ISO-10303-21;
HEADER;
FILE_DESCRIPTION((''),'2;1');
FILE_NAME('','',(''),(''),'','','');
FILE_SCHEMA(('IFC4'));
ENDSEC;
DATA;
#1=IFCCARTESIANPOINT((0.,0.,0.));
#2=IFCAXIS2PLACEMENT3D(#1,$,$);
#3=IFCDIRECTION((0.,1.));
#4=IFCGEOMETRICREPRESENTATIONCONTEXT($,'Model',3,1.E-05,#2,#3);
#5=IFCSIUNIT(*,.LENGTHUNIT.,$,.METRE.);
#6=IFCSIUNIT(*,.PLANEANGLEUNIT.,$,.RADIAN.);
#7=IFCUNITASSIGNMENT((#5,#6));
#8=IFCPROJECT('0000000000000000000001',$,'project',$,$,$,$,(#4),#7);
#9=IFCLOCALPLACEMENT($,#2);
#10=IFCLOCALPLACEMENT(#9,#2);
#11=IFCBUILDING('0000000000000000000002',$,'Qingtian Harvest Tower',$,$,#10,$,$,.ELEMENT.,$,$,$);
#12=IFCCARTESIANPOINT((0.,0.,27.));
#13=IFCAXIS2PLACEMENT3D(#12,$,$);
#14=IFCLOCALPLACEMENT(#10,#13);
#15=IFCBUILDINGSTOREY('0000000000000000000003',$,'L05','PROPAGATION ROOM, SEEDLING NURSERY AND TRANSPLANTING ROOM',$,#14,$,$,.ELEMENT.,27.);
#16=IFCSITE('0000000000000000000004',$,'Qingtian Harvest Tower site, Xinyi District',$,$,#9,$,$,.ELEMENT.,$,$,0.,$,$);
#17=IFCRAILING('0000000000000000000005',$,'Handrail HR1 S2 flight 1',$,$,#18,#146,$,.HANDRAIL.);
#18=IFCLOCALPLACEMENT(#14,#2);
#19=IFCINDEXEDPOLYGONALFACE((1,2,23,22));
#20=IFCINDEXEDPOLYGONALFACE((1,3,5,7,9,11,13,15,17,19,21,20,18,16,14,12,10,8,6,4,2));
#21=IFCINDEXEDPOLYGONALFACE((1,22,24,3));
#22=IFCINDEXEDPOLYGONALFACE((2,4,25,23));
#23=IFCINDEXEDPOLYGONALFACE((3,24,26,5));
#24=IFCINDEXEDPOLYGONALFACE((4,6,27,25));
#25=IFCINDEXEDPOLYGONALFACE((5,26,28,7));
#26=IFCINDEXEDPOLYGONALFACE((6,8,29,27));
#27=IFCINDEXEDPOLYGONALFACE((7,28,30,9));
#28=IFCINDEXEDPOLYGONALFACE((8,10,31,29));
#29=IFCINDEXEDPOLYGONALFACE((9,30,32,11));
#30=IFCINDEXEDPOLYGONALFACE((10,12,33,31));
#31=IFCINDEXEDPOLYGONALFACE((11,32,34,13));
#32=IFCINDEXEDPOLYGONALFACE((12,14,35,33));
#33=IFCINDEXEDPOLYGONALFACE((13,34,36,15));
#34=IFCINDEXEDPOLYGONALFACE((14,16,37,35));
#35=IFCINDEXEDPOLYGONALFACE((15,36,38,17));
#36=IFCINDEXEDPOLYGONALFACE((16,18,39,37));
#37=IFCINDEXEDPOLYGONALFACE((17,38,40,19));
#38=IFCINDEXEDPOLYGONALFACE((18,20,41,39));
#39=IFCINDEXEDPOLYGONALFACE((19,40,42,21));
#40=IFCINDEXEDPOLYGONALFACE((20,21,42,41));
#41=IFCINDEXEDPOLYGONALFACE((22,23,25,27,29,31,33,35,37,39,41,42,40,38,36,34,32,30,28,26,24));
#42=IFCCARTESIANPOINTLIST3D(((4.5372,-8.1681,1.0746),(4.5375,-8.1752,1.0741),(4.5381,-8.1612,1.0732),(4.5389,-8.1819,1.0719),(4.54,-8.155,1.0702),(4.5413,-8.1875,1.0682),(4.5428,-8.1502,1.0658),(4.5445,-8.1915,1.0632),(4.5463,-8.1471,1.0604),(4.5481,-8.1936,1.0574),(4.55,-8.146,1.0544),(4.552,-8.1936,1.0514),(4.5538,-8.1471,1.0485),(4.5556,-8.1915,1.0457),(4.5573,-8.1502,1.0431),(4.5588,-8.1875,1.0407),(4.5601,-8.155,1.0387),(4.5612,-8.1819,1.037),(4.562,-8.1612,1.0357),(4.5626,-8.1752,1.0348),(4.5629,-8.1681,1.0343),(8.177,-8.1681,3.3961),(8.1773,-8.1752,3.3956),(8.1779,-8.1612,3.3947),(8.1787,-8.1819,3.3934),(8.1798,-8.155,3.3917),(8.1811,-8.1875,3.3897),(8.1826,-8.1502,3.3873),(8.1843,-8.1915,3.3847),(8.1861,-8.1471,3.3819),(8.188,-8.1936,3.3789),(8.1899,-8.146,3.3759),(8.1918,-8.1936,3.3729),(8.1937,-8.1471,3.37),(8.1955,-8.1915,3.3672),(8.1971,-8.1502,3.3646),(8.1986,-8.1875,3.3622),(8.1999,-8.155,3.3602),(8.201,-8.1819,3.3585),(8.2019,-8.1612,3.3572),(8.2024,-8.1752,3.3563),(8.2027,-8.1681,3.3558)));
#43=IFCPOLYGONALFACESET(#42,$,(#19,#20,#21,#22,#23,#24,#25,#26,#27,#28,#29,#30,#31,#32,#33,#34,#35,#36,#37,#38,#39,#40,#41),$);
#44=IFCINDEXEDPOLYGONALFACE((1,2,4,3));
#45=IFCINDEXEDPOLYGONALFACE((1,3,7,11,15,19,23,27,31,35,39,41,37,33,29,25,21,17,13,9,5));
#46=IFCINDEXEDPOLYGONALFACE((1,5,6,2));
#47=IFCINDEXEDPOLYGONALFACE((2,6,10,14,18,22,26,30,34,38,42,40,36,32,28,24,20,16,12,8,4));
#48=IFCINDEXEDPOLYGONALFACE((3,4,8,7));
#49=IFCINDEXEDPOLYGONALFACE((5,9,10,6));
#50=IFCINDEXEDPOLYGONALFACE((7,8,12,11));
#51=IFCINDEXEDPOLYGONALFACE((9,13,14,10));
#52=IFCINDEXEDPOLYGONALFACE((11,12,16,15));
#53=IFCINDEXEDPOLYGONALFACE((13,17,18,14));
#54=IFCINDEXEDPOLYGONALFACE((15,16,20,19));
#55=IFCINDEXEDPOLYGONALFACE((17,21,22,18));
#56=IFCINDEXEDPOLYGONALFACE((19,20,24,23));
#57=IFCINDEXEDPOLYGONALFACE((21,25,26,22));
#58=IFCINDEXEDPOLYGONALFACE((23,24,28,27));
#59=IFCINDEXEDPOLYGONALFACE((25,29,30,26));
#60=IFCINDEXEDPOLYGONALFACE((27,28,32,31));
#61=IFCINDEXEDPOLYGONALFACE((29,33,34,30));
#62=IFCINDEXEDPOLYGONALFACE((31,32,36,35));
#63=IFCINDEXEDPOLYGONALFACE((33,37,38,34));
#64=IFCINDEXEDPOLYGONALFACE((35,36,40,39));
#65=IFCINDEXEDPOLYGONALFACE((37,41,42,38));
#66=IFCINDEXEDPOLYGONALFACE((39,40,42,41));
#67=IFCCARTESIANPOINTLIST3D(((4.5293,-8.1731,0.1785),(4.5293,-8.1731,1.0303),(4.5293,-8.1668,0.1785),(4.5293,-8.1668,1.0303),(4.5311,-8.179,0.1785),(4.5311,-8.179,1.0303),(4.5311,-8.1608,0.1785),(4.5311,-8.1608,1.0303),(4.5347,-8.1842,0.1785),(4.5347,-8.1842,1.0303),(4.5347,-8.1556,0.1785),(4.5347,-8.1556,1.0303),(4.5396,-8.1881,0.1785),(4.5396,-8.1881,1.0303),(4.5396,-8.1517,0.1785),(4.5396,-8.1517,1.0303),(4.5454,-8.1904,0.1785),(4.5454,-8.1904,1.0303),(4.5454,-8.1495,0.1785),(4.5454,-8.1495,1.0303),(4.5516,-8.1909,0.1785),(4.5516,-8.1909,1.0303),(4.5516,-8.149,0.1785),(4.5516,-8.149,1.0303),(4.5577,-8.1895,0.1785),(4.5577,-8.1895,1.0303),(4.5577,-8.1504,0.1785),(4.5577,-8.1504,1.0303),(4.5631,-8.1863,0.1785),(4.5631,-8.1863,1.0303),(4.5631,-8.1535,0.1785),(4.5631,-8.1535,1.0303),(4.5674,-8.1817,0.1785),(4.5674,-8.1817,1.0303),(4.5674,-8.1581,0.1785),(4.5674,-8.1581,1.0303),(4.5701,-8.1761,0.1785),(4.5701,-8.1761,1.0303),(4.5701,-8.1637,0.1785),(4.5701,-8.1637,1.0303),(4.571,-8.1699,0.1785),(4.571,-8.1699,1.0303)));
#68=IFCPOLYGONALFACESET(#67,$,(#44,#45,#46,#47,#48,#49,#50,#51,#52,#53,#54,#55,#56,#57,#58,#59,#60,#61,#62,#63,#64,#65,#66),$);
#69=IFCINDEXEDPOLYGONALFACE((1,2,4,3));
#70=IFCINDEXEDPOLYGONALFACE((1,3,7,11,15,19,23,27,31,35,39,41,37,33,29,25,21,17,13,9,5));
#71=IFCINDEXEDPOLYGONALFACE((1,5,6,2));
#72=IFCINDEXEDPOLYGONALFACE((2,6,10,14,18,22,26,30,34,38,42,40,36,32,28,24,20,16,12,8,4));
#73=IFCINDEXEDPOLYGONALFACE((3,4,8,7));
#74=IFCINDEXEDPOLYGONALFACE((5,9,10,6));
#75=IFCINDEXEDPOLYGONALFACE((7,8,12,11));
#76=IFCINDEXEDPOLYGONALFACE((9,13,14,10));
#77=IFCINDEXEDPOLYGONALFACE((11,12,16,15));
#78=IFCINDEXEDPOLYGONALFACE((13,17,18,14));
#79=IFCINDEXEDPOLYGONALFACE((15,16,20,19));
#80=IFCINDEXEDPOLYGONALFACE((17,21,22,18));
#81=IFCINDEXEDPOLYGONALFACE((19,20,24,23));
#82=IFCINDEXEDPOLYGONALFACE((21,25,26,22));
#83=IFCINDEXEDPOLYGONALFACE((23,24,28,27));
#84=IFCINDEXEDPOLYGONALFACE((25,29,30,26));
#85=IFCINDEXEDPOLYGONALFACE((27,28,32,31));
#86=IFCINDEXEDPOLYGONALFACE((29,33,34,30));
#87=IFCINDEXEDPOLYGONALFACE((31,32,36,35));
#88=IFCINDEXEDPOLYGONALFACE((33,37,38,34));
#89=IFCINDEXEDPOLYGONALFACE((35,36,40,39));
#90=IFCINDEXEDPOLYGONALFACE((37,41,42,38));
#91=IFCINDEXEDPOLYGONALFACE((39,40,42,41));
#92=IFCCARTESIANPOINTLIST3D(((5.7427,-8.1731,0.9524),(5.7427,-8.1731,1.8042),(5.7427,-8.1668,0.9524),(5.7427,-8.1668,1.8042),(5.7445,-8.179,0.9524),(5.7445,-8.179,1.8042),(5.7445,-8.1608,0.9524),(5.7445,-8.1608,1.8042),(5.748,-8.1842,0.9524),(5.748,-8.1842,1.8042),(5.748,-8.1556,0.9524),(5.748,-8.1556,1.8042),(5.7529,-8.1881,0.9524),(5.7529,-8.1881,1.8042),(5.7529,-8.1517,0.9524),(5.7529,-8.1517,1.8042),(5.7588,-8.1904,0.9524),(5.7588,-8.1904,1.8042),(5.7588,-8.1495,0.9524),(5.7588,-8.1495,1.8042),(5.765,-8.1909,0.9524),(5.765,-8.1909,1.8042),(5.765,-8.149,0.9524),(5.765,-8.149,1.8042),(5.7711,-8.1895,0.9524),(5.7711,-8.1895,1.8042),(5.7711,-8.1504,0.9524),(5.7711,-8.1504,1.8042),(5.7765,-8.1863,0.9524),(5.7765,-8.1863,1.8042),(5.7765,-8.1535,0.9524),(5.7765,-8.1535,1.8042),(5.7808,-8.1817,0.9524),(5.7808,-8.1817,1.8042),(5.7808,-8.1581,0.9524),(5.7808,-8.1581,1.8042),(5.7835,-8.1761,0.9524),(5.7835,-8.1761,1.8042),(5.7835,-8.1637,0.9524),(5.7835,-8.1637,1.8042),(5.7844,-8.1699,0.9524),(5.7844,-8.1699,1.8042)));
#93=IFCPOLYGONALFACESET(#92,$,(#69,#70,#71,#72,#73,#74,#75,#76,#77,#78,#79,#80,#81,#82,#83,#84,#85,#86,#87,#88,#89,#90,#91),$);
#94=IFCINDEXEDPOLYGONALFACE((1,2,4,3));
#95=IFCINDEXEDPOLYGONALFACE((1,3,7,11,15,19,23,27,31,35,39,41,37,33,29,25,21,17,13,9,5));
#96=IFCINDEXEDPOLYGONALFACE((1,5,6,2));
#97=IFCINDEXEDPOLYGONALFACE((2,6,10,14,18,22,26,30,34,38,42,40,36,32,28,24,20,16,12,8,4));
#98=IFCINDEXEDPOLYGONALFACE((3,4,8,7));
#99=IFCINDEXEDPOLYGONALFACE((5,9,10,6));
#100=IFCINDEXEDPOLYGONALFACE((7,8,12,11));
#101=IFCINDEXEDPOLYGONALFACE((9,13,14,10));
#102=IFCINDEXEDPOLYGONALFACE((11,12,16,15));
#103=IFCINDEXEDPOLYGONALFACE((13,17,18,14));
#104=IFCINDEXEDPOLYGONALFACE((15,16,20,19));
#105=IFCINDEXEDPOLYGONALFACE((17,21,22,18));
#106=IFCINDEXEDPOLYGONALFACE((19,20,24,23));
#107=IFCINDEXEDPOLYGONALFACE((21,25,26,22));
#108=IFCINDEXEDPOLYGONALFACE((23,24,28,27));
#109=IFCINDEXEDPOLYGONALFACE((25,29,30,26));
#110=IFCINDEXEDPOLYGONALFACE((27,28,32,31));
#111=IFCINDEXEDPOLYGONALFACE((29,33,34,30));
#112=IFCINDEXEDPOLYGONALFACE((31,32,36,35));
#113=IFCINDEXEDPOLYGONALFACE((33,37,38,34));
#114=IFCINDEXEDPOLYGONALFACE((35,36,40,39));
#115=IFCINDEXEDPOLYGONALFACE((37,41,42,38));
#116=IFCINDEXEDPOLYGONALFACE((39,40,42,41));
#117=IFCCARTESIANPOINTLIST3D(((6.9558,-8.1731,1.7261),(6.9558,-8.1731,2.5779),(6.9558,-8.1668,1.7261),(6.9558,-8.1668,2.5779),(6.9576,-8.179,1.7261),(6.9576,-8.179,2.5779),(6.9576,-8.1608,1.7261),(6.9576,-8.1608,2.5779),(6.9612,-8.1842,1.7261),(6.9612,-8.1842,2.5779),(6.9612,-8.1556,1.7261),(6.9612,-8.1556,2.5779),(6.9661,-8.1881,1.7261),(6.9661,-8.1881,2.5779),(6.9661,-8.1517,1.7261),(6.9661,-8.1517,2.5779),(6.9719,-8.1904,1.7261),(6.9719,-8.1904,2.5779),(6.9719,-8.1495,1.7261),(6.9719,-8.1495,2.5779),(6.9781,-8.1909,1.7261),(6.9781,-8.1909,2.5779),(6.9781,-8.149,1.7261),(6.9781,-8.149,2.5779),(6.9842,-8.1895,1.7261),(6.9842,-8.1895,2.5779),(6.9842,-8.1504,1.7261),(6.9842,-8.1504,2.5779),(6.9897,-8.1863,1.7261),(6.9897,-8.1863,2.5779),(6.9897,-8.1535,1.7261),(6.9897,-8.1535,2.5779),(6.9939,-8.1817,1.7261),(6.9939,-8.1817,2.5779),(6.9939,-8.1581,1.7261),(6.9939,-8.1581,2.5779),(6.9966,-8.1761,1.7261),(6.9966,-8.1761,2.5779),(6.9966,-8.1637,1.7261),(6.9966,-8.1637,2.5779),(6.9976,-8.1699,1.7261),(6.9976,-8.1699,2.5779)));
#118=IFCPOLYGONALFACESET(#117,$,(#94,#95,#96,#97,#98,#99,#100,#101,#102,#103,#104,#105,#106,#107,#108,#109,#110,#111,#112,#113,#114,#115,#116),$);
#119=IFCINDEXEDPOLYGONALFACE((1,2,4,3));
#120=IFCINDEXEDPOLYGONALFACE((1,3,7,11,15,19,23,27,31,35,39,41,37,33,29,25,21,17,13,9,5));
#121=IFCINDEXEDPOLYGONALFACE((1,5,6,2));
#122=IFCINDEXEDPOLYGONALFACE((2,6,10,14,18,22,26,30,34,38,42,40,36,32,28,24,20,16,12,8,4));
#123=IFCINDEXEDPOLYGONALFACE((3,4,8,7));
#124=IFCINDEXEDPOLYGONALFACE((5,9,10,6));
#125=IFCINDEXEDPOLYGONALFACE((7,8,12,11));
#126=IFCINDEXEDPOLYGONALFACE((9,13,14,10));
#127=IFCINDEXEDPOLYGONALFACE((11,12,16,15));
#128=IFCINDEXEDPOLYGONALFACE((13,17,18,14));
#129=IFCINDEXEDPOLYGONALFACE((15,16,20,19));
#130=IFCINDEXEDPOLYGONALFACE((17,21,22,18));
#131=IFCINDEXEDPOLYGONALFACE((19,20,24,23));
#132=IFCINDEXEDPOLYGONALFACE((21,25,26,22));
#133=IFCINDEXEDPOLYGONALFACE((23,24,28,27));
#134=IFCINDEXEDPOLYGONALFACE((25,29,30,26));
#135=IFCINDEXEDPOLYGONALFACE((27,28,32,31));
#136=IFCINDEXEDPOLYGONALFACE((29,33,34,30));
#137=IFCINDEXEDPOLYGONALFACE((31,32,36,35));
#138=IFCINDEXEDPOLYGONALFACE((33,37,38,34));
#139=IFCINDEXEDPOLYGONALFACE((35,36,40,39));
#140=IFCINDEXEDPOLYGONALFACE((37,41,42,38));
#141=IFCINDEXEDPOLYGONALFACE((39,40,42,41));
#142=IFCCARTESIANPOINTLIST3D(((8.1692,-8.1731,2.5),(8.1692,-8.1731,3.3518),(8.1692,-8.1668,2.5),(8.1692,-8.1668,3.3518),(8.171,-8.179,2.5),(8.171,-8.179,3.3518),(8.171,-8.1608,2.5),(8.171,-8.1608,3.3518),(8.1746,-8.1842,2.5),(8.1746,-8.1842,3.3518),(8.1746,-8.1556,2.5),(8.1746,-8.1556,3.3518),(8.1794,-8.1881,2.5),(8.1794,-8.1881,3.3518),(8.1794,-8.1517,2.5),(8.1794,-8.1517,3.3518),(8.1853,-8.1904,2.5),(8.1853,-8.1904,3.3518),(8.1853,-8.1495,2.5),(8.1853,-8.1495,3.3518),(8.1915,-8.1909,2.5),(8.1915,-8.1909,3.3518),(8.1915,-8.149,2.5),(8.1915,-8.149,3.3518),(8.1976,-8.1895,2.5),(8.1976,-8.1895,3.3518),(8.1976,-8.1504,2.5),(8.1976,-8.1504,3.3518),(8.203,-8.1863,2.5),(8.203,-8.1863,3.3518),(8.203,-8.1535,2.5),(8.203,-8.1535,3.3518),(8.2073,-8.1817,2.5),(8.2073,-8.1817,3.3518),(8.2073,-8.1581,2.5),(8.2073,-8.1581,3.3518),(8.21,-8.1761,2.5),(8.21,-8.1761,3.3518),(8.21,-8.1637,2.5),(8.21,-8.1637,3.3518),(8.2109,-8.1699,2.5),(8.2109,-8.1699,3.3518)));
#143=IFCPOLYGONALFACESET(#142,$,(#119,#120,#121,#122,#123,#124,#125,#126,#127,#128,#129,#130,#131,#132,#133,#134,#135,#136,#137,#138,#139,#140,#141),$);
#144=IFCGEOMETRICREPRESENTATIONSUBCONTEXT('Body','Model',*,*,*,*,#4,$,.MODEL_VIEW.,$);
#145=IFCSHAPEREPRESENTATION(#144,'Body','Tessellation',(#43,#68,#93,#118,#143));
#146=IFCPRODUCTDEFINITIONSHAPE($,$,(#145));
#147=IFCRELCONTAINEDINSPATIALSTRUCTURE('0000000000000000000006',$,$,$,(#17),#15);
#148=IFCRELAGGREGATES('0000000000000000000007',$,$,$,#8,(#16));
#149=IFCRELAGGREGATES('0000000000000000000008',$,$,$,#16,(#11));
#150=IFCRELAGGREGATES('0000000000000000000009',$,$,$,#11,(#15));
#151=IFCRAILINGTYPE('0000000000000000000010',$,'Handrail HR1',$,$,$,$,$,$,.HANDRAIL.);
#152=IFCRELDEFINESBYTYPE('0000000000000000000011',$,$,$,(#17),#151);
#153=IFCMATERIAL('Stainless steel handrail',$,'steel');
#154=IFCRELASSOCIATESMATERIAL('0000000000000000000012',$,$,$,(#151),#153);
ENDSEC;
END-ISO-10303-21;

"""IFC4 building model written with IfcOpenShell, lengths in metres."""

from ifc_helpers import new_model, si_unit, direction, frame, origin, origin_2d, place, context, subcontext, project, spatial, circle, extrude, material, type_object, element, save


model = new_model("IFC4")

# Units and contexts
model_context = context("Model", 3, precision=1e-05, world=origin(), true_north=direction((0.0, 1.0)))
body_context = subcontext(model_context, "Body", "Model", "MODEL_VIEW")
ifc_project = project(units=[si_unit("LENGTHUNIT", "METRE"), si_unit("PLANEANGLEUNIT", "RADIAN")], contexts=[model_context])

# Site, building, storey
site_placement = place(None, origin())
site = spatial("IfcSite", under=ifc_project, at=site_placement, Name="Qingtian Harvest Tower site, Xinyi District", CompositionType="ELEMENT", RefElevation=0.0)
building_placement = place(site_placement, origin())
building = spatial("IfcBuilding", under=site, at=building_placement, Name="Qingtian Harvest Tower", CompositionType="ELEMENT")
storey_placement = place(building_placement, frame((0.0, 0.0, 27.0)))
storey = spatial("IfcBuildingStorey", under=building, at=storey_placement, Name="L05", Description="PROPAGATION ROOM, SEEDLING NURSERY AND TRANSPLANTING ROOM", CompositionType="ELEMENT", Elevation=27.0)

# Railing
ifc_material_1 = material(Name="Stainless steel handrail", Category="steel")
railing_type = type_object("IfcRailingType", Name="Handrail HR1", PredefinedType="HANDRAIL", material=ifc_material_1)
railing_1_placement = place(storey_placement, frame((4.55, -8.1699, 0.1785)))
element("IfcRailing", 1, at=railing_1_placement, inside=storey, type_object=railing_type, Name="Handrail HR1 S2 flight 1", PredefinedType="HANDRAIL", context=body_context, shape_type="SweptSolid", body=[
    extrude(circle(Radius=0.0239, at=origin_2d()), frame((0.0, 0.0, 0.876), z_axis=(0.843112, 0.0, 0.537739), x_axis=(0.0, 1.0, 0.0)), (0.0, 0.0, 1.0), 4.3171),
    extrude(circle(Radius=0.021, at=origin_2d()), origin(), (0.0, 0.0, 1.0), 0.8518),
    extrude(circle(Radius=0.021, at=origin_2d()), frame((1.2134, 0.0, 0.7739)), (0.0, 0.0, 1.0), 0.8518),
    extrude(circle(Radius=0.021, at=origin_2d()), frame((2.4265, 0.0, 1.5476)), (0.0, 0.0, 1.0), 0.8518),
    extrude(circle(Radius=0.021, at=origin_2d()), frame((3.6399, 0.0, 2.3215)), (0.0, 0.0, 1.0), 0.8518),
])

save(model, "model.ifc")
